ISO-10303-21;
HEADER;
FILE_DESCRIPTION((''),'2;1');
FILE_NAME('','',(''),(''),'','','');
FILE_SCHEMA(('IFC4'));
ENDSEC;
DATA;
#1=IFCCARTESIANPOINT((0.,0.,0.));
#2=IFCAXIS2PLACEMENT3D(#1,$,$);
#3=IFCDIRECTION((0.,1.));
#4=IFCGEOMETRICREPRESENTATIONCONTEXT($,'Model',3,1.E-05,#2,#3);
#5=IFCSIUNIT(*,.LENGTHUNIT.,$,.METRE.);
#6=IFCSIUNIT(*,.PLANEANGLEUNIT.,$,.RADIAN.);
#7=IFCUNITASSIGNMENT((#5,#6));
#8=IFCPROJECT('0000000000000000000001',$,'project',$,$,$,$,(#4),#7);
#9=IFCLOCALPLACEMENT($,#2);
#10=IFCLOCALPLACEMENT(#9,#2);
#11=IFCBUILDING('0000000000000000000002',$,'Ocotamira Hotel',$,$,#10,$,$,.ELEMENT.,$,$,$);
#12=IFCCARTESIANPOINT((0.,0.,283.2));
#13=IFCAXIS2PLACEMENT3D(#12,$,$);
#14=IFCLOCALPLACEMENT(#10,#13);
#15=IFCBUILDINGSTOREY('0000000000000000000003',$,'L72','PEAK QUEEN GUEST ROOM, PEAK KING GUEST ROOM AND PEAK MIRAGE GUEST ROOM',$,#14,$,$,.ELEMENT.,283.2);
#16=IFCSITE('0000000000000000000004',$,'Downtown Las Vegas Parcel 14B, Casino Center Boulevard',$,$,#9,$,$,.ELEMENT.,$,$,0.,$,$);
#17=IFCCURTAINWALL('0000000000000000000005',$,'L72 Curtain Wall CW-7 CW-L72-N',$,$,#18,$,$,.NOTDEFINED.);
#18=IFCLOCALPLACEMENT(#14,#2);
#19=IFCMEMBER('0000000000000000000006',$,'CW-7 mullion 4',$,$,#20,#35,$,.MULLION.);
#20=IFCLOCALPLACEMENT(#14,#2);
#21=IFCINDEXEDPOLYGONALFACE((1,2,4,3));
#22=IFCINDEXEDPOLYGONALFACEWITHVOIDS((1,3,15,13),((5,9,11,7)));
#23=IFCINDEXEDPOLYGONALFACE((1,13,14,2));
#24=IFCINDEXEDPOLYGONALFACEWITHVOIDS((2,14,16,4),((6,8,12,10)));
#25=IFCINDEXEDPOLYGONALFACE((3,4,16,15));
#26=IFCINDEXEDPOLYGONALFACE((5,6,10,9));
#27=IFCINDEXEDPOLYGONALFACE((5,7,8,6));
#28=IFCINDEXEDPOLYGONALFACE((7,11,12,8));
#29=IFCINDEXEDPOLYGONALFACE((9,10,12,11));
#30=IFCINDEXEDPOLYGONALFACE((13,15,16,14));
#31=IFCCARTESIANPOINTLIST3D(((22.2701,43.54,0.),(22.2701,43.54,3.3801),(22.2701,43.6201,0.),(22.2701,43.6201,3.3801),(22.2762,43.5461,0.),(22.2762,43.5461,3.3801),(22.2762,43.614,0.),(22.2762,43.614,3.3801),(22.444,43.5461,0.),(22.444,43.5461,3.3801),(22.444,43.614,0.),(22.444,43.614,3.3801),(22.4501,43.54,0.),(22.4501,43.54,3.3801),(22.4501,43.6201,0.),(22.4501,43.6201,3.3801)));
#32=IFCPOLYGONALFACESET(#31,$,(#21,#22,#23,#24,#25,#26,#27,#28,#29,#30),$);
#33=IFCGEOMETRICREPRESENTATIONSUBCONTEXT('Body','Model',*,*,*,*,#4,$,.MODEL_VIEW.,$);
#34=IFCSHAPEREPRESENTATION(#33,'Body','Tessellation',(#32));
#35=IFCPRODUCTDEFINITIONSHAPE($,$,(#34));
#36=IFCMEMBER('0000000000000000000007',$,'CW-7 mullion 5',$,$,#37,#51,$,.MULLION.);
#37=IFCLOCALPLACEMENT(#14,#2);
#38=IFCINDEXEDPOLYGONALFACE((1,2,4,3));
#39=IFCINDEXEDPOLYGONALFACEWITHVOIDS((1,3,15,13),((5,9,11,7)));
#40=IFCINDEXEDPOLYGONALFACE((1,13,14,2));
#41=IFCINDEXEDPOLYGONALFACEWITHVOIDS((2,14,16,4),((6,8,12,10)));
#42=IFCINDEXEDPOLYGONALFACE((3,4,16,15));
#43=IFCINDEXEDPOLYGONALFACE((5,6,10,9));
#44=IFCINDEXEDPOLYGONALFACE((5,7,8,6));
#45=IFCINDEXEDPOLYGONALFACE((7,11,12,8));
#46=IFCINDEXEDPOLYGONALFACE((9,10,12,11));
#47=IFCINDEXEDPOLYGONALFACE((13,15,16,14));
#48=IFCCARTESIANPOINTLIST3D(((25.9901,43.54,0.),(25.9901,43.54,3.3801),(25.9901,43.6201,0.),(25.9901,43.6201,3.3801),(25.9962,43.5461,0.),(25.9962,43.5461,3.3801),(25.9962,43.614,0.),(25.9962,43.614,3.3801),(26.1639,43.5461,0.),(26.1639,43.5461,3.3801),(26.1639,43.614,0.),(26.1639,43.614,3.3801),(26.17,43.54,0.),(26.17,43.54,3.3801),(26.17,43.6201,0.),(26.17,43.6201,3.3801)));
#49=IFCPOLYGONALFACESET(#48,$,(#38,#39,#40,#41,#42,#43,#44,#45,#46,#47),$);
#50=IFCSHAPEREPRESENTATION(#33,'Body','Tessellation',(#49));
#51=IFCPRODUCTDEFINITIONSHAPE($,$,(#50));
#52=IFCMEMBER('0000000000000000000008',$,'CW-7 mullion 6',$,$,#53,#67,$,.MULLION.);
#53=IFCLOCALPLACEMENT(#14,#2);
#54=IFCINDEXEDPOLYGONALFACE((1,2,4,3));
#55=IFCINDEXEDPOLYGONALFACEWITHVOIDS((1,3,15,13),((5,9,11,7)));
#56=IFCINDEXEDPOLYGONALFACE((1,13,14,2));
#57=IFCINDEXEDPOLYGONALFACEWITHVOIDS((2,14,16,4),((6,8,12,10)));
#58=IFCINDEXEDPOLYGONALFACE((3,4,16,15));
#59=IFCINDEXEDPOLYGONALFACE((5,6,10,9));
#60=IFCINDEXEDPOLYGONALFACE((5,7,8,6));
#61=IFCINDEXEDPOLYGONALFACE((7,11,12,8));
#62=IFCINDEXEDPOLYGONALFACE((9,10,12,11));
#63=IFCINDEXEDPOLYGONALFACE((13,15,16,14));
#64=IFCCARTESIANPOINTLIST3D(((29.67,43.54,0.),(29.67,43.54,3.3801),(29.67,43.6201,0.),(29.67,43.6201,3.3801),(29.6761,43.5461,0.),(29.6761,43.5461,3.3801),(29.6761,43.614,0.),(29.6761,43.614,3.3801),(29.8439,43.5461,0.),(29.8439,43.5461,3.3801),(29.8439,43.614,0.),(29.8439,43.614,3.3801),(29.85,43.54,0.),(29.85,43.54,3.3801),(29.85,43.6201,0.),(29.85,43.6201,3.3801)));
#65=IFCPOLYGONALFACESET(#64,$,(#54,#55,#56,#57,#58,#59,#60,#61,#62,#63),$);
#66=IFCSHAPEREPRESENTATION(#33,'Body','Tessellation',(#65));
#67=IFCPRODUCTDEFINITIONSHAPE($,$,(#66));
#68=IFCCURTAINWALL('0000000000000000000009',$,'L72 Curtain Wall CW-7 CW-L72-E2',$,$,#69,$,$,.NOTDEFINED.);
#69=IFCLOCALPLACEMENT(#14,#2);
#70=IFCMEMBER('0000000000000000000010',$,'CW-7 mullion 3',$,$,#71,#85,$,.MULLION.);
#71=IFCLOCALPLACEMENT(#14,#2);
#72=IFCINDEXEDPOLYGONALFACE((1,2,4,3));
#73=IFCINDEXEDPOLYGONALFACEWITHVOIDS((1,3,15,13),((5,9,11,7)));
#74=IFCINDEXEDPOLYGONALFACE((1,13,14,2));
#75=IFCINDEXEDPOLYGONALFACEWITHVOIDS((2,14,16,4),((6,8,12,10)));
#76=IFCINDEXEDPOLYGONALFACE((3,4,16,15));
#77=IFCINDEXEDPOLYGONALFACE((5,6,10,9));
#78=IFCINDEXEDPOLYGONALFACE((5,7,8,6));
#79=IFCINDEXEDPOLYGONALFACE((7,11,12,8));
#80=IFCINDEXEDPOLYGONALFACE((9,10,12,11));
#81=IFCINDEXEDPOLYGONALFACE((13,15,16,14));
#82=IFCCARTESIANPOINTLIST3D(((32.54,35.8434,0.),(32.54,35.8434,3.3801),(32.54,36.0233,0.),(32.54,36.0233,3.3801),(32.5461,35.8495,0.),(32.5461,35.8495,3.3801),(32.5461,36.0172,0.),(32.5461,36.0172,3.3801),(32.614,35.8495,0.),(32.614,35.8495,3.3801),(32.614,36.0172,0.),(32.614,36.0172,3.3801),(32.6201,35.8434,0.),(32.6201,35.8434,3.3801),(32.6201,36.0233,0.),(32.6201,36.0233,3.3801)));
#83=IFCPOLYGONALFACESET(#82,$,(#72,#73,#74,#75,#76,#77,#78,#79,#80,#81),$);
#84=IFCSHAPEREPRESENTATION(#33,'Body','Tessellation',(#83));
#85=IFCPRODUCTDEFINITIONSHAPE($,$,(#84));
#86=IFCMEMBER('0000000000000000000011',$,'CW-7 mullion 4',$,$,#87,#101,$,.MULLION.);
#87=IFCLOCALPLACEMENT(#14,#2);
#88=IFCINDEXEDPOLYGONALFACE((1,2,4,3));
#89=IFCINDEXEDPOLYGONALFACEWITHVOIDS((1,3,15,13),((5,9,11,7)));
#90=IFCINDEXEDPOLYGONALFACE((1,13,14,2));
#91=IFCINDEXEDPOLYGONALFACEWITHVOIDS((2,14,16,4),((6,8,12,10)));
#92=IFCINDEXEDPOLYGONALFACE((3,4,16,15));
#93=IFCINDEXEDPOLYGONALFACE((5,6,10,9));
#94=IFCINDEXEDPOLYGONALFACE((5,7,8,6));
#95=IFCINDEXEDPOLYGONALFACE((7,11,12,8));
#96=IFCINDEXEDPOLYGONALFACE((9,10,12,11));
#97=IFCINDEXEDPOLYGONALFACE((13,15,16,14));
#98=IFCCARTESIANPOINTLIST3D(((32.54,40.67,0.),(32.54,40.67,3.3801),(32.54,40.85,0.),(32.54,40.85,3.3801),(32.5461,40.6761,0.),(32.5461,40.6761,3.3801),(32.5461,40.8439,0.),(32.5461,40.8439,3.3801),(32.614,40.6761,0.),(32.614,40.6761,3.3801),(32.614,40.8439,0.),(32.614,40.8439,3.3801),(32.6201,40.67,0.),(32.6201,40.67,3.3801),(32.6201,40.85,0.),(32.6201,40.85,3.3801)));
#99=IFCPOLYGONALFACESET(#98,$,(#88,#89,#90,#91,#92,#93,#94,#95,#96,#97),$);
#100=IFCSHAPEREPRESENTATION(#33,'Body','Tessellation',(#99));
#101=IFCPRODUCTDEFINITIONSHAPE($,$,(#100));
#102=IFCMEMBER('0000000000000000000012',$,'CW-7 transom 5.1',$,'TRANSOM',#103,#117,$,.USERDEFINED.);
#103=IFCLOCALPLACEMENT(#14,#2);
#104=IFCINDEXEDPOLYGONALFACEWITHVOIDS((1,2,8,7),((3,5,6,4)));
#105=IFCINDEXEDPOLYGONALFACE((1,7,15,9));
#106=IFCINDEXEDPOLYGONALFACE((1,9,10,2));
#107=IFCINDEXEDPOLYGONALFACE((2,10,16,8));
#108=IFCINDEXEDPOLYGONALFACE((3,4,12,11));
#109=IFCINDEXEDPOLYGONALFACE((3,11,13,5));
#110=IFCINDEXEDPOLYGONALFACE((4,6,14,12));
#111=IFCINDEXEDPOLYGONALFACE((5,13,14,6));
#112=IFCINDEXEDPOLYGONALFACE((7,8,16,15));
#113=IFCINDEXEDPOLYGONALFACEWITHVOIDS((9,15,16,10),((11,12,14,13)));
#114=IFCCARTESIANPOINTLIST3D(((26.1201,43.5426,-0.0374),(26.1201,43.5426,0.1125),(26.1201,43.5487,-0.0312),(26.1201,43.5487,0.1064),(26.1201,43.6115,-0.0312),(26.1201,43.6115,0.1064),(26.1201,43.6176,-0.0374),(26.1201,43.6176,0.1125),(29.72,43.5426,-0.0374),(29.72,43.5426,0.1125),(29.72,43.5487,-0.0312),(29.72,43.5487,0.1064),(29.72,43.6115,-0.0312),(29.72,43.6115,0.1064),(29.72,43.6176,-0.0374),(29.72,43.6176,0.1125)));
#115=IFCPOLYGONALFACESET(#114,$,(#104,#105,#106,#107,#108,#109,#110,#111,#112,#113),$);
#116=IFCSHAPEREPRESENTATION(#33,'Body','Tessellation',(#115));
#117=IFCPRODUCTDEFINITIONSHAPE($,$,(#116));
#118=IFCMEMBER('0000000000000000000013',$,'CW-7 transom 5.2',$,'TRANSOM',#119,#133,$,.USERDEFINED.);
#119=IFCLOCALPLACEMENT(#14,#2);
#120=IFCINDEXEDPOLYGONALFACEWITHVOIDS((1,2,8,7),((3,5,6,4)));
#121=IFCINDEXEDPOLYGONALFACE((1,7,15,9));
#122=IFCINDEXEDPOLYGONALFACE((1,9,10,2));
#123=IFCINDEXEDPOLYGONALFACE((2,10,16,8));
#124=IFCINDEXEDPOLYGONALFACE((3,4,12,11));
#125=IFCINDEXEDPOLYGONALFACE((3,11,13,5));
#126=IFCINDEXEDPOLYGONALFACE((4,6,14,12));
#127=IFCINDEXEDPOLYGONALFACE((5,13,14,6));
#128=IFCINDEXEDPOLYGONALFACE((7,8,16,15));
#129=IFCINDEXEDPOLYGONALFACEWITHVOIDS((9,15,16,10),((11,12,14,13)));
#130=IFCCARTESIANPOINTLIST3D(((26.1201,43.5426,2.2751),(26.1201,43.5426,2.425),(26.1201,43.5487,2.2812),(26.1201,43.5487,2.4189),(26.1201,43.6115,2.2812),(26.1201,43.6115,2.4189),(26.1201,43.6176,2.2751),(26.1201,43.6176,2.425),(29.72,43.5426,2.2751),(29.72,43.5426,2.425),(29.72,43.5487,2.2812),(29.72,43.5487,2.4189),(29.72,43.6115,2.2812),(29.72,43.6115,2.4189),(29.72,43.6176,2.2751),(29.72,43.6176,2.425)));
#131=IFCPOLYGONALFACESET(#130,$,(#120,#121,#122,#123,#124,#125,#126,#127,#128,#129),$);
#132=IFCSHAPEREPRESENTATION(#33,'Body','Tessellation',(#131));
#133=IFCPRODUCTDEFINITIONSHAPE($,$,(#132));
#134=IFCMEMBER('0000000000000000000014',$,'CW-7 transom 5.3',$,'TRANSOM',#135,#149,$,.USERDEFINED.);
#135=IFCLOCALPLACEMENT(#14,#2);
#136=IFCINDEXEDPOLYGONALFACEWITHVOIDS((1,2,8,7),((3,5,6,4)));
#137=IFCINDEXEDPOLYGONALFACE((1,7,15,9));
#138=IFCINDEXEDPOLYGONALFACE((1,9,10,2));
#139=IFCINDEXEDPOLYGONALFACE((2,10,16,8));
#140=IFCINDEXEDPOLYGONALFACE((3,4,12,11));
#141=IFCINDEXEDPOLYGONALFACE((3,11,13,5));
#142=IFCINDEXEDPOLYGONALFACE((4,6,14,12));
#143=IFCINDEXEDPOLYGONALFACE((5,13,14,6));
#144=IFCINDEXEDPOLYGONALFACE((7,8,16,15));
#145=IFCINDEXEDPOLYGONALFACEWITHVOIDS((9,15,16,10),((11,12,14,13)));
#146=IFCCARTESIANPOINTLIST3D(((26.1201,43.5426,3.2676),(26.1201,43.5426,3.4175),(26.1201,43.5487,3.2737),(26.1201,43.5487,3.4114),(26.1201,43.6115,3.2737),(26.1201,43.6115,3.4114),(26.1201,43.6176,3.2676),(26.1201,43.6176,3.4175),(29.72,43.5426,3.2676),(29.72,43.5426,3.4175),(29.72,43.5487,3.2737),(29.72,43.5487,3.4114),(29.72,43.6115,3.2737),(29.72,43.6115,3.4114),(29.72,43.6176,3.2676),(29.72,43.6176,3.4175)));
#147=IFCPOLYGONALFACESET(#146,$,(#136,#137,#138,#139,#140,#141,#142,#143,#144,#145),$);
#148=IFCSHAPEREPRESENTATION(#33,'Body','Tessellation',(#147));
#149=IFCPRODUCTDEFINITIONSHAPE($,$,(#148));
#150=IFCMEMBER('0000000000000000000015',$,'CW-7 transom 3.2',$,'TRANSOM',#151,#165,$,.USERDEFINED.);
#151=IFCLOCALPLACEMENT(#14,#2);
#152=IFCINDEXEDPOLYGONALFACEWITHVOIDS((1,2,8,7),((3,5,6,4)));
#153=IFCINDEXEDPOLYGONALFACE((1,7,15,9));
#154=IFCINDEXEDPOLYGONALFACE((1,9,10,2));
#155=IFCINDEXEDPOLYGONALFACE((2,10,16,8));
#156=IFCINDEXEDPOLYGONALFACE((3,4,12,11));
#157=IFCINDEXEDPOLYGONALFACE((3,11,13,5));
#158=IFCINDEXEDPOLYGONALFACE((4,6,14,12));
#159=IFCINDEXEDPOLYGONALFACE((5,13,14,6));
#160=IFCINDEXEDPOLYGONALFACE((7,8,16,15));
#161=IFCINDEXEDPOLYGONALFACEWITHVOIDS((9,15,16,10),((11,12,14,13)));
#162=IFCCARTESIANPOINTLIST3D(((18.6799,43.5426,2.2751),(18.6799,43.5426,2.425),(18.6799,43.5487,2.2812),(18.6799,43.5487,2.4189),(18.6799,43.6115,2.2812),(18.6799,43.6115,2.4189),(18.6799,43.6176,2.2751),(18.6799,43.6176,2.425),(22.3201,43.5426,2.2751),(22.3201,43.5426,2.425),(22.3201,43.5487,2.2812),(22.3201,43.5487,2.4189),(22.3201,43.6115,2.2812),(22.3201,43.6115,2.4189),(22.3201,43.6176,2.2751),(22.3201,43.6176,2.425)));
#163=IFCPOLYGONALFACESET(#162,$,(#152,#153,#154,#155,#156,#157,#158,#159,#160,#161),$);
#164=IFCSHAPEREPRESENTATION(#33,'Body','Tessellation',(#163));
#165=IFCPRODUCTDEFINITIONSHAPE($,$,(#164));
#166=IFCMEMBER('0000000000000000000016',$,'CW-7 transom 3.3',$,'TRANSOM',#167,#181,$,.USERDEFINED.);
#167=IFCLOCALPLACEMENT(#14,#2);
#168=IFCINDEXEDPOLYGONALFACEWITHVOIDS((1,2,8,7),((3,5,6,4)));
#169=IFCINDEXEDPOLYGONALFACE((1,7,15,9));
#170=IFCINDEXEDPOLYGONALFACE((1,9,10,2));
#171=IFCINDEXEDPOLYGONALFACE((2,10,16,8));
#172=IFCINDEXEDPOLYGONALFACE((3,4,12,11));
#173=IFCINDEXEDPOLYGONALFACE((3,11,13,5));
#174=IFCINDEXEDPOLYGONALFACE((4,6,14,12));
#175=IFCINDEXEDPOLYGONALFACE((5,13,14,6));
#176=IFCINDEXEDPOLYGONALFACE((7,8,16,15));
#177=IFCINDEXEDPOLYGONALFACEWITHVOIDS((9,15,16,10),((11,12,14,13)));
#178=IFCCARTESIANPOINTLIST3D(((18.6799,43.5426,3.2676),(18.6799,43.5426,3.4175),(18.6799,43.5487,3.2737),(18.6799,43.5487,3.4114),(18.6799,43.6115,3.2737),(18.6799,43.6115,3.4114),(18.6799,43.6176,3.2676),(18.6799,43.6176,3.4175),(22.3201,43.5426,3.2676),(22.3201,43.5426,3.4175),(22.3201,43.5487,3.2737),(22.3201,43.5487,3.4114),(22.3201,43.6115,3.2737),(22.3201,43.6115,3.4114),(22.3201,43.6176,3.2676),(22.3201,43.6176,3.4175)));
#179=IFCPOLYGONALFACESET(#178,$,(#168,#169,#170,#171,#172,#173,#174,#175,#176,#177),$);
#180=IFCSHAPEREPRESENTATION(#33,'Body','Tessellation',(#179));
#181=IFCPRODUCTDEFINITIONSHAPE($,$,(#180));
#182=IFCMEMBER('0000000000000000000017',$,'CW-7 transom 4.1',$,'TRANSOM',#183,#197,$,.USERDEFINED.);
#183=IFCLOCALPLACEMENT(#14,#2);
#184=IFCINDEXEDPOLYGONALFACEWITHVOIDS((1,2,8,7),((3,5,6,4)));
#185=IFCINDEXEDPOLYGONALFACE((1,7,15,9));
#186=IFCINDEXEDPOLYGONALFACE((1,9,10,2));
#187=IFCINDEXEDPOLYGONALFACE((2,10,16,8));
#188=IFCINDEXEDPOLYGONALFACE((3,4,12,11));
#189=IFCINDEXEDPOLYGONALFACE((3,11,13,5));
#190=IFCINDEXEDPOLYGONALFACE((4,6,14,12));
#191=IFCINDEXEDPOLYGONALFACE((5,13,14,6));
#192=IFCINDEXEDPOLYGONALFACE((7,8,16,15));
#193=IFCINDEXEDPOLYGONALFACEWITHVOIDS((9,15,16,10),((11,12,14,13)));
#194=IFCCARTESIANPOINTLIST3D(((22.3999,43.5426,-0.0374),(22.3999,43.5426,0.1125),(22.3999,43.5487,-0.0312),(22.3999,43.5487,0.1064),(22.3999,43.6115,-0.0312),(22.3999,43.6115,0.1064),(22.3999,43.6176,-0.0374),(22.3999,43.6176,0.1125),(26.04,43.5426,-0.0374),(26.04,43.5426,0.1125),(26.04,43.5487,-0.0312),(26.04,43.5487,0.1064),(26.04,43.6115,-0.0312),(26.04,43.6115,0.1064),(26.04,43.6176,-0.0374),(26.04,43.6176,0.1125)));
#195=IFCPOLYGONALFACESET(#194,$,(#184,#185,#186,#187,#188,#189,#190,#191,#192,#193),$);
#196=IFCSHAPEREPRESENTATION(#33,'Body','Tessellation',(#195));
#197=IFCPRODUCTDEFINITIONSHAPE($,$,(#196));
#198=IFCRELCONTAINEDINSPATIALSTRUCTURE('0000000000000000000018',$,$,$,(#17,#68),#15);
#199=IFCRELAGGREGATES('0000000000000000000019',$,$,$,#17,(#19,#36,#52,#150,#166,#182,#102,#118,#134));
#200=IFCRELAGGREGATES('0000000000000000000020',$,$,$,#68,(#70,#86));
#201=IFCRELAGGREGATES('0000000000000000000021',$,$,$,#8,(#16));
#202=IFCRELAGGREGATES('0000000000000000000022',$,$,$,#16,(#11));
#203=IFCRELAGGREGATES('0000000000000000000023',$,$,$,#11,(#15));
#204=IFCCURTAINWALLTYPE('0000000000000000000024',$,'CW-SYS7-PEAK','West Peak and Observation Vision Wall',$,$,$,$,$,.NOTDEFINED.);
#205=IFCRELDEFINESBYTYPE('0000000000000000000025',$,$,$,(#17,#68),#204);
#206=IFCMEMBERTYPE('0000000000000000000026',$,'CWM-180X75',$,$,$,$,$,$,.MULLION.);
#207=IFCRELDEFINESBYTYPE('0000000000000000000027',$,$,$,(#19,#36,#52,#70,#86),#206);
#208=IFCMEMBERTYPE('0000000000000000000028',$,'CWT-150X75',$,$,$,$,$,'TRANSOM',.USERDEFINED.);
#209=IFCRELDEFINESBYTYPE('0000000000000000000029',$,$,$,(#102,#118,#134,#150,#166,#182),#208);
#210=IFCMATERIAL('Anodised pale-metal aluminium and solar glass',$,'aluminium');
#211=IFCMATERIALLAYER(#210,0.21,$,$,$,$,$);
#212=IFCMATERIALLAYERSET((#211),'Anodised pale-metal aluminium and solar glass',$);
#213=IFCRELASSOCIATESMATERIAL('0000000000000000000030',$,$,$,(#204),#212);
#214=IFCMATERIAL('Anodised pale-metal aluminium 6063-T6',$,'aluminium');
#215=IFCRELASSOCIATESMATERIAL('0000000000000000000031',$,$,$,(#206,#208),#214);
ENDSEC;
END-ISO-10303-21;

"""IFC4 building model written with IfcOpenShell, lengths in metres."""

from ifc_helpers import new_model, si_unit, direction, frame, origin, origin_2d, place, context, subcontext, project, spatial, hollow_rectangle, extrude, source, transform, mapped, material, layer, layer_set, material_profile, profile_set, type_object, element, aggregate, save


model = new_model("IFC4")

# Units and contexts
model_context = context("Model", 3, precision=1e-05, world=origin(), true_north=direction((0.0, 1.0)))
body_context = subcontext(model_context, "Body", "Model", "MODEL_VIEW")
ifc_project = project(units=[si_unit("LENGTHUNIT", "METRE"), si_unit("PLANEANGLEUNIT", "RADIAN")], contexts=[model_context])

# Site, building, storey
site_placement = place(None, origin())
site = spatial("IfcSite", under=ifc_project, at=site_placement, Name="Downtown Las Vegas Parcel 14B, Casino Center Boulevard", CompositionType="ELEMENT", RefElevation=0.0)
building_placement = place(site_placement, origin())
building = spatial("IfcBuilding", under=site, at=building_placement, Name="Ocotamira Hotel", CompositionType="ELEMENT")
storey_placement = place(building_placement, frame((0.0, 0.0, 283.2)))
storey = spatial("IfcBuildingStorey", under=building, at=storey_placement, Name="L72", Description="PEAK QUEEN GUEST ROOM, PEAK KING GUEST ROOM AND PEAK MIRAGE GUEST ROOM", CompositionType="ELEMENT", Elevation=283.2)

# Curtain walls, members
ifc_material_1 = material(Name="Anodised pale-metal aluminium and solar glass", Category="aluminium")
ifc_layer_1 = layer(ifc_material_1, 0.21)
ifc_layer_set_1 = layer_set([ifc_layer_1], Name="Anodised pale-metal aluminium and solar glass")
curtain_wall_type = type_object("IfcCurtainWallType", Name="CW-SYS7-PEAK", Description="West Peak and Observation Vision Wall", PredefinedType="NOTDEFINED", material=ifc_layer_set_1)
curtain_wall_1_placement = place(storey_placement, origin())
curtain_wall_1 = element("IfcCurtainWall", 1, at=curtain_wall_1_placement, inside=storey, type_object=curtain_wall_type, Name="L72 Curtain Wall CW-7 CW-L72-N", PredefinedType="NOTDEFINED")
ifc_material_2 = material(Name="Anodised pale-metal aluminium 6063-T6", Category="aluminium")
ifc_material_profile_1 = material_profile(ifc_material_2, hollow_rectangle(XDim=0.0801, YDim=0.1799, WallThickness=0.0061, at=origin_2d()), Name="HSS180X80X6")
ifc_profile_set_1 = profile_set([ifc_material_profile_1], Name="Anodised pale-metal aluminium 6063-T6")
member_type_1 = type_object("IfcMemberType", Name="CWM-180X75", PredefinedType="MULLION", material=ifc_profile_set_1)
shared_shape_1 = source(origin(), body_context, "Body", "SweptSolid", [
    extrude(hollow_rectangle(XDim=0.0801, YDim=0.1799, WallThickness=0.0061, at=origin_2d()), origin(), (0.0, 0.0, 1.0), 3.3801),
])
member_1_placement = place(storey_placement, frame((22.3601, 43.5801, 0.0), z_axis=(0.0, 0.0, 1.0), x_axis=(0.0, 1.0, 0.0)))
member_1 = element("IfcMember", 2, at=member_1_placement, type_object=member_type_1, Name="CW-7 mullion 4", PredefinedType="MULLION", context=body_context, shape_type="MappedRepresentation", body=[
    mapped(shared_shape_1, transform((0.0, 0.0, 0.0), scale=1.0)),
])
member_2_placement = place(storey_placement, frame((26.0801, 43.5801, 0.0), z_axis=(0.0, 0.0, 1.0), x_axis=(0.0, 1.0, 0.0)))
member_2 = element("IfcMember", 3, at=member_2_placement, type_object=member_type_1, Name="CW-7 mullion 5", PredefinedType="MULLION", context=body_context, shape_type="MappedRepresentation", body=[
    mapped(shared_shape_1, transform((0.0, 0.0, 0.0), scale=1.0)),
])
member_3_placement = place(storey_placement, frame((29.76, 43.5801, 0.0), z_axis=(0.0, 0.0, 1.0), x_axis=(0.0, 1.0, 0.0)))
member_3 = element("IfcMember", 4, at=member_3_placement, type_object=member_type_1, Name="CW-7 mullion 6", PredefinedType="MULLION", context=body_context, shape_type="MappedRepresentation", body=[
    mapped(shared_shape_1, transform((0.0, 0.0, 0.0), scale=1.0)),
])
curtain_wall_2_placement = place(storey_placement, origin())
curtain_wall_2 = element("IfcCurtainWall", 5, at=curtain_wall_2_placement, inside=storey, type_object=curtain_wall_type, Name="L72 Curtain Wall CW-7 CW-L72-E2", PredefinedType="NOTDEFINED")
member_4_placement = place(storey_placement, frame((32.5801, 35.9333, 0.0), z_axis=(0.0, 0.0, 1.0), x_axis=(-1.0, 0.0, 0.0)))
member_4 = element("IfcMember", 6, at=member_4_placement, type_object=member_type_1, Name="CW-7 mullion 3", PredefinedType="MULLION", context=body_context, shape_type="MappedRepresentation", body=[
    mapped(shared_shape_1, transform((0.0, 0.0, 0.0), scale=1.0)),
])
member_5_placement = place(storey_placement, frame((32.5801, 40.76, 0.0), z_axis=(0.0, 0.0, 1.0), x_axis=(-1.0, 0.0, 0.0)))
member_5 = element("IfcMember", 7, at=member_5_placement, type_object=member_type_1, Name="CW-7 mullion 4", PredefinedType="MULLION", context=body_context, shape_type="MappedRepresentation", body=[
    mapped(shared_shape_1, transform((0.0, 0.0, 0.0), scale=1.0)),
])

# Members
ifc_material_profile_2 = material_profile(ifc_material_2, hollow_rectangle(XDim=0.075, YDim=0.1499, WallThickness=0.0061, at=origin_2d()), Name="HSS150X75X6")
ifc_profile_set_2 = profile_set([ifc_material_profile_2], Name="Anodised pale-metal aluminium 6063-T6")
member_type_2 = type_object("IfcMemberType", Name="CWT-150X75", ElementType="TRANSOM", PredefinedType="USERDEFINED", material=ifc_profile_set_2)
shared_shape_2 = source(origin(), body_context, "Body", "SweptSolid", [
    extrude(hollow_rectangle(XDim=0.075, YDim=0.1499, WallThickness=0.0061, at=origin_2d()), origin(), (0.0, 0.0, 1.0), 3.5999),
])
member_6_placement = place(storey_placement, frame((26.1201, 43.5801, 0.0376), z_axis=(1.0, 0.0, 0.0), x_axis=(0.0, 1.0, 0.0)))
member_6 = element("IfcMember", 8, at=member_6_placement, type_object=member_type_2, Name="CW-7 transom 5.1", ObjectType="TRANSOM", PredefinedType="USERDEFINED", context=body_context, shape_type="MappedRepresentation", body=[
    mapped(shared_shape_2, transform((0.0, 0.0, 0.0), scale=1.0)),
])
member_7_placement = place(storey_placement, frame((26.1201, 43.5801, 2.3501), z_axis=(1.0, 0.0, 0.0), x_axis=(0.0, 1.0, 0.0)))
member_7 = element("IfcMember", 9, at=member_7_placement, type_object=member_type_2, Name="CW-7 transom 5.2", ObjectType="TRANSOM", PredefinedType="USERDEFINED", context=body_context, shape_type="MappedRepresentation", body=[
    mapped(shared_shape_2, transform((0.0, 0.0, 0.0), scale=1.0)),
])
member_8_placement = place(storey_placement, frame((26.1201, 43.5801, 3.3425), z_axis=(1.0, 0.0, 0.0), x_axis=(0.0, 1.0, 0.0)))
member_8 = element("IfcMember", 10, at=member_8_placement, type_object=member_type_2, Name="CW-7 transom 5.3", ObjectType="TRANSOM", PredefinedType="USERDEFINED", context=body_context, shape_type="MappedRepresentation", body=[
    mapped(shared_shape_2, transform((0.0, 0.0, 0.0), scale=1.0)),
])
shared_shape_3 = source(origin(), body_context, "Body", "SweptSolid", [
    extrude(hollow_rectangle(XDim=0.075, YDim=0.1499, WallThickness=0.0061, at=origin_2d()), origin(), (0.0, 0.0, 1.0), 3.6401),
])
member_9_placement = place(storey_placement, frame((18.6799, 43.5801, 2.3501), z_axis=(1.0, 0.0, 0.0), x_axis=(0.0, 1.0, 0.0)))
member_9 = element("IfcMember", 11, at=member_9_placement, type_object=member_type_2, Name="CW-7 transom 3.2", ObjectType="TRANSOM", PredefinedType="USERDEFINED", context=body_context, shape_type="MappedRepresentation", body=[
    mapped(shared_shape_3, transform((0.0, 0.0, 0.0), scale=1.0)),
])
member_10_placement = place(storey_placement, frame((18.6799, 43.5801, 3.3425), z_axis=(1.0, 0.0, 0.0), x_axis=(0.0, 1.0, 0.0)))
member_10 = element("IfcMember", 12, at=member_10_placement, type_object=member_type_2, Name="CW-7 transom 3.3", ObjectType="TRANSOM", PredefinedType="USERDEFINED", context=body_context, shape_type="MappedRepresentation", body=[
    mapped(shared_shape_3, transform((0.0, 0.0, 0.0), scale=1.0)),
])
member_11_placement = place(storey_placement, frame((22.3999, 43.5801, 0.0376), z_axis=(1.0, 0.0, 0.0), x_axis=(0.0, 1.0, 0.0)))
member_11 = element("IfcMember", 13, at=member_11_placement, type_object=member_type_2, Name="CW-7 transom 4.1", ObjectType="TRANSOM", PredefinedType="USERDEFINED", context=body_context, shape_type="MappedRepresentation", body=[
    mapped(shared_shape_3, transform((0.0, 0.0, 0.0), scale=1.0)),
])

aggregate(curtain_wall_1, [member_1, member_2, member_3, member_9, member_10, member_11, member_6, member_7, member_8])
aggregate(curtain_wall_2, [member_4, member_5])

save(model, "model.ifc")
